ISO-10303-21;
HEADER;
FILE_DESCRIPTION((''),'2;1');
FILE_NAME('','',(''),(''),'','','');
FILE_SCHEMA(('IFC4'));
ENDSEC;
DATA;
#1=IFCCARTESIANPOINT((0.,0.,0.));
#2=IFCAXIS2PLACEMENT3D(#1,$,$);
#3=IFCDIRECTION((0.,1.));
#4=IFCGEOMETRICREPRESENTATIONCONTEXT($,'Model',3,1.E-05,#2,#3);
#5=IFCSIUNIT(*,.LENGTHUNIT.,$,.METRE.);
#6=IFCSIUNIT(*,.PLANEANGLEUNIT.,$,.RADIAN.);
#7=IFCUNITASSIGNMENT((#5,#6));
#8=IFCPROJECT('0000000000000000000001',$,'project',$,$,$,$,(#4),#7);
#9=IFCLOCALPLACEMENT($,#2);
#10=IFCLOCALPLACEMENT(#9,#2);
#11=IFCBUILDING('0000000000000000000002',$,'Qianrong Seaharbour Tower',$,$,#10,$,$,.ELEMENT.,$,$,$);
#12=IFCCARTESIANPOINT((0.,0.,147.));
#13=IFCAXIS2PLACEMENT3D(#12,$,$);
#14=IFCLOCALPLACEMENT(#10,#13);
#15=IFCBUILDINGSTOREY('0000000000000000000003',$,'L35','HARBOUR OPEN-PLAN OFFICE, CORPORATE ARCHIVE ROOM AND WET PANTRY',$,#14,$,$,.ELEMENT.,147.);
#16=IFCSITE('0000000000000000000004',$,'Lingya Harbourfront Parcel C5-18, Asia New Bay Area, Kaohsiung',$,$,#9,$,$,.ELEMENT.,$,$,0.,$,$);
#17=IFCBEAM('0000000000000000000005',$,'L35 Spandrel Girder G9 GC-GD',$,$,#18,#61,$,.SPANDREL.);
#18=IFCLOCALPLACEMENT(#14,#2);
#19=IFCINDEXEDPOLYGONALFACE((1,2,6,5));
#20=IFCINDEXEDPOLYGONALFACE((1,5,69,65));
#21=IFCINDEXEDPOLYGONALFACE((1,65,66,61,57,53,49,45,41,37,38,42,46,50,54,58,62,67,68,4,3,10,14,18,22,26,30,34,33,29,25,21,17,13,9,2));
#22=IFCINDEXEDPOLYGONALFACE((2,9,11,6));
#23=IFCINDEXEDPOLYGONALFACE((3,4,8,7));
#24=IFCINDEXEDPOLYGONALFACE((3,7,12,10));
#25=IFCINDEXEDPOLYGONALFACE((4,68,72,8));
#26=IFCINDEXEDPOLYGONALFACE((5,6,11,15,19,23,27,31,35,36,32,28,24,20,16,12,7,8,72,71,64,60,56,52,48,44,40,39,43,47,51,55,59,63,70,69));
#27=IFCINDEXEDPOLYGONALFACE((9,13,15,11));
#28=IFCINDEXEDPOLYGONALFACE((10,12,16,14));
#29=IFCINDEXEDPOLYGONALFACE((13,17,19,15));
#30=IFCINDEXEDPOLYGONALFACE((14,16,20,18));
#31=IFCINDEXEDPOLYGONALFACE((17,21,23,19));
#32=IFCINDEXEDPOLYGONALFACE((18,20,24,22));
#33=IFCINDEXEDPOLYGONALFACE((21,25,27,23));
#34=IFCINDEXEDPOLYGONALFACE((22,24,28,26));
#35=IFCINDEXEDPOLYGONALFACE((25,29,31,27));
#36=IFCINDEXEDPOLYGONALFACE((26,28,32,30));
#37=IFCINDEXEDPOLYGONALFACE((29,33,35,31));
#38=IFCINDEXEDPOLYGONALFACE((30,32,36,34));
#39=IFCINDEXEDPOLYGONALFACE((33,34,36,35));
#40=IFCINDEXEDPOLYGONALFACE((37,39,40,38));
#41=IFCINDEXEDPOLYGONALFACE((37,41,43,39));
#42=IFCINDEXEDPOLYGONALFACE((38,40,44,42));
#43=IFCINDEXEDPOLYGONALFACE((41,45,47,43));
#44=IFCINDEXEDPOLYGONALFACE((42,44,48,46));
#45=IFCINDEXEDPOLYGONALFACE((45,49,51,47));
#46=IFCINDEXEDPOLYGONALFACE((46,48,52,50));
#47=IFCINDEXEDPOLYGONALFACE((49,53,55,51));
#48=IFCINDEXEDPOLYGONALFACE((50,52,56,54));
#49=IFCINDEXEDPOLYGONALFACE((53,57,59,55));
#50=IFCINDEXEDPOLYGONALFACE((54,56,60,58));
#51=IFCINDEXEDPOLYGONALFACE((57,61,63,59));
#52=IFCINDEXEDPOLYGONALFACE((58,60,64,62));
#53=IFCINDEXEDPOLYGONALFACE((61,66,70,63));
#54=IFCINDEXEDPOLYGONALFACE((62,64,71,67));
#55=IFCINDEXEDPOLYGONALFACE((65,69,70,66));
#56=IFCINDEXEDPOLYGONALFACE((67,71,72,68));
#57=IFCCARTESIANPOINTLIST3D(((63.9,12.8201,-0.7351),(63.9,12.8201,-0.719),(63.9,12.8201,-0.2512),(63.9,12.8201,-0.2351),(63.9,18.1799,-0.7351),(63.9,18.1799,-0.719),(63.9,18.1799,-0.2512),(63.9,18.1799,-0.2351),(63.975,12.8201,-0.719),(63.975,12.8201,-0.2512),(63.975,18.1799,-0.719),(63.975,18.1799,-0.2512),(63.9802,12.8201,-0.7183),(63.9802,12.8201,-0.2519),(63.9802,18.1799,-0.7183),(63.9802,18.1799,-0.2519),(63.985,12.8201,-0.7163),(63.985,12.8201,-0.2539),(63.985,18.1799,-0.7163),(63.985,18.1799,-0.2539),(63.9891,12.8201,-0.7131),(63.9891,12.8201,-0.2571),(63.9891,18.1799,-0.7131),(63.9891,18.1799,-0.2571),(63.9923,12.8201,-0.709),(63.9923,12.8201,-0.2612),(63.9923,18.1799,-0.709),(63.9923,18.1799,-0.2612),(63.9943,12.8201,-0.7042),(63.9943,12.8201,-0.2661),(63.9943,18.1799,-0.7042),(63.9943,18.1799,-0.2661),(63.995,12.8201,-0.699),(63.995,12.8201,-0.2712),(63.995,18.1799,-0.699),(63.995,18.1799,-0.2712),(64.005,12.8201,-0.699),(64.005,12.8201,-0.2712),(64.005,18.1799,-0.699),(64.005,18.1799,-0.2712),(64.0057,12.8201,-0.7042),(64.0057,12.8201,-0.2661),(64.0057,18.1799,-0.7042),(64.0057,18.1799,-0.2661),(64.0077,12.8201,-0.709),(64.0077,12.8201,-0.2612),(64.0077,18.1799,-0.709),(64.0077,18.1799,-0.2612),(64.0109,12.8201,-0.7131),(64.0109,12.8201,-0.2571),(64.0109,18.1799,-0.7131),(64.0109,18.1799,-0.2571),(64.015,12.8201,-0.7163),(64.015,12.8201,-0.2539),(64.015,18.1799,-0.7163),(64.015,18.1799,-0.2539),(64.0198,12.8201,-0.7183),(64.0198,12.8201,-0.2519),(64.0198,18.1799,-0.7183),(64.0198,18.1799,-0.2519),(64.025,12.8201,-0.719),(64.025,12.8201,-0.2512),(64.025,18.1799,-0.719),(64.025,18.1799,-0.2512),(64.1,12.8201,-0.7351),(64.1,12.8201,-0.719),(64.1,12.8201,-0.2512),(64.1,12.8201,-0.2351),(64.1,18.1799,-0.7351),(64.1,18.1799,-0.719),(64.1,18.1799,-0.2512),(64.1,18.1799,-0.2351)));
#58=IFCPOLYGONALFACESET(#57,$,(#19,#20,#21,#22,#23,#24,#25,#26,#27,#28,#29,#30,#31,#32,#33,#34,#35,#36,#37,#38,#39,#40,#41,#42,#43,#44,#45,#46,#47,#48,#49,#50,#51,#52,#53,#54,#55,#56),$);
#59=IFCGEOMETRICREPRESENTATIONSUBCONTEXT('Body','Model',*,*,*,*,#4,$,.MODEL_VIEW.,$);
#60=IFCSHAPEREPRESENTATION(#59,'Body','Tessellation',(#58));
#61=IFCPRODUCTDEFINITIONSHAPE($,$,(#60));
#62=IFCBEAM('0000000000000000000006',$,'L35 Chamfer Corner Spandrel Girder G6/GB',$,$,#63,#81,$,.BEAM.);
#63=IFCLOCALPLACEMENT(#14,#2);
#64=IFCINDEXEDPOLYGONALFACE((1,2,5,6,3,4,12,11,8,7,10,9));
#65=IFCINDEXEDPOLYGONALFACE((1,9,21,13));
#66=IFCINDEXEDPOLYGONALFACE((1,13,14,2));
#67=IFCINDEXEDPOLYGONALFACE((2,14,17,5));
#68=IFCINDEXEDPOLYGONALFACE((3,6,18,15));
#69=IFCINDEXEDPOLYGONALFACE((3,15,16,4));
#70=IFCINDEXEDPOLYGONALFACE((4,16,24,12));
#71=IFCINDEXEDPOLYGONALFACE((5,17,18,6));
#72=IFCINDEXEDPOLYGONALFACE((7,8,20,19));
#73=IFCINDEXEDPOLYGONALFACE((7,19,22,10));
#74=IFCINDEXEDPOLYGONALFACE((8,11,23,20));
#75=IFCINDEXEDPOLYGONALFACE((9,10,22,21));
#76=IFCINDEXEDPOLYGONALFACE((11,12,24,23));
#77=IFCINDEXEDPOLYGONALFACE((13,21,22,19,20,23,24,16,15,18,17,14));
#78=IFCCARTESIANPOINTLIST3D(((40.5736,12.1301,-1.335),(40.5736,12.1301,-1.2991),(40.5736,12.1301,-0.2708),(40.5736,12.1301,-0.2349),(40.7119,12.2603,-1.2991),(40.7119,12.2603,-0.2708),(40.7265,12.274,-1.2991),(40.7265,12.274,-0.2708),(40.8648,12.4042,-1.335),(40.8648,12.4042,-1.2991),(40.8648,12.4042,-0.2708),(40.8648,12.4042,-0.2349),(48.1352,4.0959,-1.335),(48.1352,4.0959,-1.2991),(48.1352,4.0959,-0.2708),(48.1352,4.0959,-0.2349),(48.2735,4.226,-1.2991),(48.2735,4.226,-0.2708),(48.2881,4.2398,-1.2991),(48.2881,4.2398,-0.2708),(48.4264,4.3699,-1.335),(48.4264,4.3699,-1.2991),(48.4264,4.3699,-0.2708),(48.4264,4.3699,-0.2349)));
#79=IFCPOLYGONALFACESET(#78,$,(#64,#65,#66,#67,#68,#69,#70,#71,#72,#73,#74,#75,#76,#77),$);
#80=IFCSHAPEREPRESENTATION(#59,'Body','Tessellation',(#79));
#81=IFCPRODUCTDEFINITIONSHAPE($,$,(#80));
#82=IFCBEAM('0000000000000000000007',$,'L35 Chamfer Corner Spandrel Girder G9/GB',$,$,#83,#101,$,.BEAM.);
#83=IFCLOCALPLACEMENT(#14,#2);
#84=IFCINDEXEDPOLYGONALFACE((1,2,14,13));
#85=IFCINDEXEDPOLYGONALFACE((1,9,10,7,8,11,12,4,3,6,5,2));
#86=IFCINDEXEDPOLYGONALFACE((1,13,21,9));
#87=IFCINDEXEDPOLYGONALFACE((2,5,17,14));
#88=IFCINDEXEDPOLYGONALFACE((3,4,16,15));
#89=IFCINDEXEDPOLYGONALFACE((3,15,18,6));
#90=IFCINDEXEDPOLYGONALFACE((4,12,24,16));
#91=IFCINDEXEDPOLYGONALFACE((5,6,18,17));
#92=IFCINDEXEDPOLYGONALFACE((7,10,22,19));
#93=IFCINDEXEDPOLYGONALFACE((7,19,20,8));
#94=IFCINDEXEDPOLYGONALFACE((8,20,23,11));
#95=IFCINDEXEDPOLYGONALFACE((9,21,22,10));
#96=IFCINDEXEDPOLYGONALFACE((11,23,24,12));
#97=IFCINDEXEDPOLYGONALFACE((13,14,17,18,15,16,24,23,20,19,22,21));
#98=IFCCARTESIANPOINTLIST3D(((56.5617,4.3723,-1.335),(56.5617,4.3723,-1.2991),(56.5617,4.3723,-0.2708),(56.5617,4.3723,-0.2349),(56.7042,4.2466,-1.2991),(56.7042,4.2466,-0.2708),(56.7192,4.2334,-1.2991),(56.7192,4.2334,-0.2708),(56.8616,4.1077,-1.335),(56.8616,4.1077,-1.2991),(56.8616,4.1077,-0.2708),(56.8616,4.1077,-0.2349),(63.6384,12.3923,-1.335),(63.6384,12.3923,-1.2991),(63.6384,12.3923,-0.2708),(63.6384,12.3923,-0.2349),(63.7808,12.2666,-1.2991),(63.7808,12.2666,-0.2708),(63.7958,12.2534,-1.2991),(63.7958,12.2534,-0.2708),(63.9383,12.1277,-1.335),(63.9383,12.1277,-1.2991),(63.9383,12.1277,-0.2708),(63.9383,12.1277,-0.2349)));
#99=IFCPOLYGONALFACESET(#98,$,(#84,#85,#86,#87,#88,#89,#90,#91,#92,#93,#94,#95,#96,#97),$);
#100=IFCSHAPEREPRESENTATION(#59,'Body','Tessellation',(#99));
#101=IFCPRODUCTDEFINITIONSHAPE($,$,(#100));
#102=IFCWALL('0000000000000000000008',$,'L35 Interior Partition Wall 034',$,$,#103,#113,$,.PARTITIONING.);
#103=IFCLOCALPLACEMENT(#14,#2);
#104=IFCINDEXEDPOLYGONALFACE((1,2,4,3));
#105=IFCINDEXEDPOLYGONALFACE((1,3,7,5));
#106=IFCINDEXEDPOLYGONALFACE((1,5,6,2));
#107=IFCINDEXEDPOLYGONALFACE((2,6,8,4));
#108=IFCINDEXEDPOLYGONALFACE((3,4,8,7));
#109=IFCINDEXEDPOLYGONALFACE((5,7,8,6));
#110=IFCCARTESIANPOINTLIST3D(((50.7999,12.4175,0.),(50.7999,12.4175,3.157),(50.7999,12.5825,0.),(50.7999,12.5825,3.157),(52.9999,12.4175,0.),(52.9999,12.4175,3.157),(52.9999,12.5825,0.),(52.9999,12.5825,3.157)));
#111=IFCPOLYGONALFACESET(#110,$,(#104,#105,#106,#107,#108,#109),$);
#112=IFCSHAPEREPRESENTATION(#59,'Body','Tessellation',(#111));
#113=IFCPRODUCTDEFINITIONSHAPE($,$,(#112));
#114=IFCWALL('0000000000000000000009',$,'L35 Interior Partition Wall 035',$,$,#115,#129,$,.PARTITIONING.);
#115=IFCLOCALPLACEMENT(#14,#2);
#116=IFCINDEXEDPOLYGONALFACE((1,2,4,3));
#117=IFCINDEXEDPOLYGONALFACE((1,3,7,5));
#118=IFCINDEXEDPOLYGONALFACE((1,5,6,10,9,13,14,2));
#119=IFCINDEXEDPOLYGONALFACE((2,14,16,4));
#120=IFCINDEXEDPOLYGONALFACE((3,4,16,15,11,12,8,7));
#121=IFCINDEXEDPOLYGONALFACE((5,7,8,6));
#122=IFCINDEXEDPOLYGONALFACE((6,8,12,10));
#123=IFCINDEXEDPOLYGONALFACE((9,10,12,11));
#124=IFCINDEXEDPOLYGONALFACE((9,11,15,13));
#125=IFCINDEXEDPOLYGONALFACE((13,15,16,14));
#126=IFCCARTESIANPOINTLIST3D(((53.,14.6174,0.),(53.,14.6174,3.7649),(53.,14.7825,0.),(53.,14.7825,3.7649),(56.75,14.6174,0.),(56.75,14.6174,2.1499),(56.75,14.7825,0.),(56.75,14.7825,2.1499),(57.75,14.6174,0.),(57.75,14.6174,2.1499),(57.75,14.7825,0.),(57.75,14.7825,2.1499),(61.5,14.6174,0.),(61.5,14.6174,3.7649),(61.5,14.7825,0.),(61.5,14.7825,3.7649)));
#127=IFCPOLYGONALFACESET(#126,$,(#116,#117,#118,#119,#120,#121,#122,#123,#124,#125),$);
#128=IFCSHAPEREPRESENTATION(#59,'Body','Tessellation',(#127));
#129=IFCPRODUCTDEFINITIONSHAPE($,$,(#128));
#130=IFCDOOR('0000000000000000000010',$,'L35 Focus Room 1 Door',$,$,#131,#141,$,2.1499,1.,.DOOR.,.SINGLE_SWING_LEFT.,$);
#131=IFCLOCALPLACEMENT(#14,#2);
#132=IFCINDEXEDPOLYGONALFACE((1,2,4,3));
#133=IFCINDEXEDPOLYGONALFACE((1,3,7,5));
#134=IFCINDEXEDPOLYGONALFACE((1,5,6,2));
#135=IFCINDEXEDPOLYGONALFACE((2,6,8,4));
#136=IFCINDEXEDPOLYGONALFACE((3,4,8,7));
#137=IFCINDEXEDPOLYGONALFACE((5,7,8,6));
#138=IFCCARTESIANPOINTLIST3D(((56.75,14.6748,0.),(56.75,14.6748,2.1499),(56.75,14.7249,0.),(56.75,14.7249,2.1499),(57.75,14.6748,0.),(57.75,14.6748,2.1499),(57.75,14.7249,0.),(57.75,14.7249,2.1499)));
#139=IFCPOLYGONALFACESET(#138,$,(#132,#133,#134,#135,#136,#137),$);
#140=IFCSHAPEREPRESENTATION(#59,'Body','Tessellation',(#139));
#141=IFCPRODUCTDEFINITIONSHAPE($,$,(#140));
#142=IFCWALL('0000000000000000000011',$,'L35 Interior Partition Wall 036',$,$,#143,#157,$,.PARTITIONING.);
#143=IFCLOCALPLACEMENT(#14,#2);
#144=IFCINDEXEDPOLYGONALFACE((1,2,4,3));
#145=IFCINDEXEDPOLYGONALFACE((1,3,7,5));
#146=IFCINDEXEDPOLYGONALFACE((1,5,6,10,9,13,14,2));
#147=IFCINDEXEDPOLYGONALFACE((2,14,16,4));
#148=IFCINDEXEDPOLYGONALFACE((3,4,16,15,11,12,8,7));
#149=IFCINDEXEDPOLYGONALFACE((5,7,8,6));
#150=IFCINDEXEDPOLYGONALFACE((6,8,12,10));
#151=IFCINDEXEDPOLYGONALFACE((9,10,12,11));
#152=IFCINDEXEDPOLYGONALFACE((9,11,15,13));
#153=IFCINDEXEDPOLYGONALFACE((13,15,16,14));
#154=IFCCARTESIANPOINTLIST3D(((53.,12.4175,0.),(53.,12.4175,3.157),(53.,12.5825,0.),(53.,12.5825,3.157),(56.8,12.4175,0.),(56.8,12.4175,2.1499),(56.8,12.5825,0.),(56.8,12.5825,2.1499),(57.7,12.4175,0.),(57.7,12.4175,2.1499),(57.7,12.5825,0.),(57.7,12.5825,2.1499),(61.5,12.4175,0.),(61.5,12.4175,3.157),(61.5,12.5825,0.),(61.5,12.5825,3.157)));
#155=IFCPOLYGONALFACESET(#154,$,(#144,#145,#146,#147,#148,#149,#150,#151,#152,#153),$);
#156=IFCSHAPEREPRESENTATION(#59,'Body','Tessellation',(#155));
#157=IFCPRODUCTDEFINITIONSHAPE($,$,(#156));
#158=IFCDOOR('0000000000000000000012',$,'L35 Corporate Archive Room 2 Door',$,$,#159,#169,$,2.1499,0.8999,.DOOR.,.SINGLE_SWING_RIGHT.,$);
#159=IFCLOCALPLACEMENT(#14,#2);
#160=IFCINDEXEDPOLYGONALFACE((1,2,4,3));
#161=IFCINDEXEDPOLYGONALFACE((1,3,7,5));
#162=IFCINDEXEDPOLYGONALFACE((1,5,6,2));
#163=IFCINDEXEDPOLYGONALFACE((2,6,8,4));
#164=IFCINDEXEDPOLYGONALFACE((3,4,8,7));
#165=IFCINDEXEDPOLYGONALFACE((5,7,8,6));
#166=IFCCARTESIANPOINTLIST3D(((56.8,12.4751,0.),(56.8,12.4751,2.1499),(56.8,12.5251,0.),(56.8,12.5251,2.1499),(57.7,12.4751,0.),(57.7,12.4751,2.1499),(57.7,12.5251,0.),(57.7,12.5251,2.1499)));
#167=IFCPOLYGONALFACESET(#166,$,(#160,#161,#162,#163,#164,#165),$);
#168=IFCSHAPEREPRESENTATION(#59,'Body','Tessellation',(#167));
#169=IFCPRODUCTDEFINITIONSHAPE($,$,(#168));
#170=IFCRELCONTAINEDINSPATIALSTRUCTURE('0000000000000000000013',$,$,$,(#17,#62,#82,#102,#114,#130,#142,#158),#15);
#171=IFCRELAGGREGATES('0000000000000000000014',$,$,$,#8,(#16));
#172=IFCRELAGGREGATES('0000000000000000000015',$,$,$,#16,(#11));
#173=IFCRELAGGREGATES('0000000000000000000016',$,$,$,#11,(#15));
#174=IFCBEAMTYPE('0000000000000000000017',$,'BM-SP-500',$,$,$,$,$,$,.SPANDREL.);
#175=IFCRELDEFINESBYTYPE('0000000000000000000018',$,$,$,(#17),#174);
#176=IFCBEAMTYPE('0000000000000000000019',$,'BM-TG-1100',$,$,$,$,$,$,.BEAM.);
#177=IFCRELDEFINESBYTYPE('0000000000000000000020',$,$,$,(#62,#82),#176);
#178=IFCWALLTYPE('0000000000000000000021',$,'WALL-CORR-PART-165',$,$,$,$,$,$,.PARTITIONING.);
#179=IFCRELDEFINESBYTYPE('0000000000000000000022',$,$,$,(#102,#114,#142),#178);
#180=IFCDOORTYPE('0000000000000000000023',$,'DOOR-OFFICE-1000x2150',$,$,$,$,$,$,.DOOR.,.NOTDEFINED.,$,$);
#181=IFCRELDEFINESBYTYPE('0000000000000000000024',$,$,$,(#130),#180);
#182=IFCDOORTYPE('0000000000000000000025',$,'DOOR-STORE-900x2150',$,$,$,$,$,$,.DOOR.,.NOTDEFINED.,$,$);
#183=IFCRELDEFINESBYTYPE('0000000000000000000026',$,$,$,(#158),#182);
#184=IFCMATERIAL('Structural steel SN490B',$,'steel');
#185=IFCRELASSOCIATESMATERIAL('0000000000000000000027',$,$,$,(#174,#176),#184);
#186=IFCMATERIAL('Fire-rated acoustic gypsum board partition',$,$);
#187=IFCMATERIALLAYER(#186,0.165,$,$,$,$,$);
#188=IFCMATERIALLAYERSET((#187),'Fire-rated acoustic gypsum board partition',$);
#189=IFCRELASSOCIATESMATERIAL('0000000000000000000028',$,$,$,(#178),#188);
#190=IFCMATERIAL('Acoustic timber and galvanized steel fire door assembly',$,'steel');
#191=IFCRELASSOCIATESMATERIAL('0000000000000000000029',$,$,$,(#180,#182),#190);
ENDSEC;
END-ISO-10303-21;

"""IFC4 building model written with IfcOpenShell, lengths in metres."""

from ifc_helpers import new_model, si_unit, direction, frame, frame_2d, origin, origin_2d, place, context, subcontext, project, spatial, rectangle, i_section, extrude, material, layer, layer_set, material_profile, profile_set, type_object, element, fill, save


model = new_model("IFC4")

# Units and contexts
model_context = context("Model", 3, precision=1e-05, world=origin(), true_north=direction((0.0, 1.0)))
body_context = subcontext(model_context, "Body", "Model", "MODEL_VIEW")
ifc_project = project(units=[si_unit("LENGTHUNIT", "METRE"), si_unit("PLANEANGLEUNIT", "RADIAN")], contexts=[model_context])

# Site, building, storey
site_placement = place(None, origin())
site = spatial("IfcSite", under=ifc_project, at=site_placement, Name="Lingya Harbourfront Parcel C5-18, Asia New Bay Area, Kaohsiung", CompositionType="ELEMENT", RefElevation=0.0)
building_placement = place(site_placement, origin())
building = spatial("IfcBuilding", under=site, at=building_placement, Name="Qianrong Seaharbour Tower", CompositionType="ELEMENT")
storey_placement = place(building_placement, frame((0.0, 0.0, 147.0)))
storey = spatial("IfcBuildingStorey", under=building, at=storey_placement, Name="L35", Description="HARBOUR OPEN-PLAN OFFICE, CORPORATE ARCHIVE ROOM AND WET PANTRY", CompositionType="ELEMENT", Elevation=147.0)

# Shared definitions
ifc_material_1 = material(Name="Structural steel SN490B", Category="steel")

# Beams
ifc_material_profile_1 = material_profile(ifc_material_1, i_section(OverallWidth=0.2, OverallDepth=0.5, WebThickness=0.01, FlangeThickness=0.0161, FilletRadius=0.02, at=origin_2d()), Name="H500x200x10x16")
ifc_profile_set_1 = profile_set([ifc_material_profile_1], Name="Structural steel SN490B")
beam_type_1 = type_object("IfcBeamType", Name="BM-SP-500", PredefinedType="SPANDREL", material=ifc_profile_set_1)
beam_1_placement = place(storey_placement, frame((64.0, 12.8201, -0.4851), z_axis=(0.0, 1.0, 0.0), x_axis=(-1.0, 0.0, 0.0)))
element("IfcBeam", 1, at=beam_1_placement, inside=storey, type_object=beam_type_1, Name="L35 Spandrel Girder G9 GC-GD", PredefinedType="SPANDREL", context=body_context, shape_type="SweptSolid", body=[
    extrude(i_section(OverallWidth=0.2, OverallDepth=0.5, WebThickness=0.01, FlangeThickness=0.0161, FilletRadius=0.02, at=origin_2d()), origin(), (0.0, 0.0, 1.0), 5.3599),
])
ifc_material_profile_2 = material_profile(ifc_material_1, i_section(OverallWidth=0.3999, OverallDepth=1.1001, WebThickness=0.02, FlangeThickness=0.0359, at=origin_2d()), Name="BH1100x400x20x36")
ifc_profile_set_2 = profile_set([ifc_material_profile_2], Name="Structural steel SN490B")
beam_type_2 = type_object("IfcBeamType", Name="BM-TG-1100", PredefinedType="BEAM", material=ifc_profile_set_2)
beam_2_placement = place(storey_placement, frame((48.2808, 4.2329, -0.7849), z_axis=(-0.685362, 0.728203, 0.0), x_axis=(-0.728203, -0.685362, 0.0)))
element("IfcBeam", 2, at=beam_2_placement, inside=storey, type_object=beam_type_2, Name="L35 Chamfer Corner Spandrel Girder G6/GB", PredefinedType="BEAM", context=body_context, shape_type="SweptSolid", body=[
    extrude(i_section(OverallWidth=0.3999, OverallDepth=1.1001, WebThickness=0.02, FlangeThickness=0.0359, at=origin_2d()), origin(), (0.0, 0.0, 1.0), 11.033),
])
beam_3_placement = place(storey_placement, frame((56.7117, 4.24, -0.7849), z_axis=(0.661631, 0.74983, 0.0), x_axis=(-0.74983, 0.661631, 0.0)))
element("IfcBeam", 3, at=beam_3_placement, inside=storey, type_object=beam_type_2, Name="L35 Chamfer Corner Spandrel Girder G9/GB", PredefinedType="BEAM", context=body_context, shape_type="SweptSolid", body=[
    extrude(i_section(OverallWidth=0.3999, OverallDepth=1.1001, WebThickness=0.02, FlangeThickness=0.0359, at=origin_2d()), origin(), (0.0, 0.0, 1.0), 10.6958),
])

# Wall
ifc_material_2 = material(Name="Fire-rated acoustic gypsum board partition")
ifc_layer_1 = layer(ifc_material_2, 0.165)
ifc_layer_set_1 = layer_set([ifc_layer_1], Name="Fire-rated acoustic gypsum board partition")
wall_type_1 = type_object("IfcWallType", Name="WALL-CORR-PART-165", PredefinedType="PARTITIONING", material=ifc_layer_set_1)
wall_1_placement = place(storey_placement, frame((53.0, 12.5, 0.0), z_axis=(0.0, 0.0, 1.0), x_axis=(-1.0, 0.0, 0.0)))
element("IfcWall", 4, at=wall_1_placement, inside=storey, type_object=wall_type_1, Name="L35 Interior Partition Wall 034", PredefinedType="PARTITIONING", context=body_context, shape_type="SweptSolid", body=[
    extrude(rectangle(XDim=2.2, YDim=0.165, at=frame_2d((1.1001, 0.0))), origin(), (0.0, 0.0, 1.0), 3.157),
])

# Walls, openings, doors
wall_2_placement = place(storey_placement, frame((53.0, 14.7, 0.0), z_axis=(0.0, 0.0, 1.0), x_axis=(1.0, 0.0, 0.0)))
wall_2 = element("IfcWall", 5, at=wall_2_placement, inside=storey, type_object=wall_type_1, Name="L35 Interior Partition Wall 035", PredefinedType="PARTITIONING", context=body_context, shape_type="SweptSolid", body=[
    extrude(rectangle(XDim=8.5, YDim=0.165, at=frame_2d((4.25, 0.0))), origin(), (0.0, 0.0, 1.0), 3.7649),
])
opening_1_placement = place(wall_2_placement, frame((3.75, 0.0, 0.0)))
opening_1 = element("IfcOpeningElement", 6, at=opening_1_placement, cuts=wall_2, PredefinedType="OPENING", context=body_context, shape_type="SweptSolid", body=[
    extrude(rectangle(XDim=1.0, YDim=2.1499, at=frame_2d((0.5, 1.075))), frame((0.0, 0.0925, 0.0), z_axis=(0.0, -1.0, 0.0), x_axis=(1.0, 0.0, 0.0)), (0.0, 0.0, 1.0), 0.1851),
])
ifc_material_3 = material(Name="Acoustic timber and galvanized steel fire door assembly", Category="steel")
door_type_1 = type_object("IfcDoorType", Name="DOOR-OFFICE-1000x2150", OperationType="NOTDEFINED", PredefinedType="DOOR", material=ifc_material_3)
door_1_placement = place(opening_1_placement, origin())
door_1 = element("IfcDoor", 7, at=door_1_placement, inside=storey, type_object=door_type_1, Name="L35 Focus Room 1 Door", OperationType="SINGLE_SWING_LEFT", OverallHeight=2.1499, OverallWidth=1.0, PredefinedType="DOOR", context=body_context, shape_type="SweptSolid", body=[
    extrude(rectangle(XDim=1.0, YDim=2.1499, at=frame_2d((0.5, 1.075))), frame((0.0, 0.0249, 0.0), z_axis=(0.0, -1.0, 0.0), x_axis=(1.0, 0.0, 0.0)), (0.0, 0.0, 1.0), 0.05),
])
fill(opening_1, door_1)
wall_3_placement = place(storey_placement, frame((61.5, 12.5, 0.0), z_axis=(0.0, 0.0, 1.0), x_axis=(-1.0, 0.0, 0.0)))
wall_3 = element("IfcWall", 8, at=wall_3_placement, inside=storey, type_object=wall_type_1, Name="L35 Interior Partition Wall 036", PredefinedType="PARTITIONING", context=body_context, shape_type="SweptSolid", body=[
    extrude(rectangle(XDim=8.5, YDim=0.165, at=frame_2d((4.25, 0.0))), origin(), (0.0, 0.0, 1.0), 3.157),
])
opening_2_placement = place(wall_3_placement, frame((3.8, 0.0, 0.0)))
opening_2 = element("IfcOpeningElement", 9, at=opening_2_placement, cuts=wall_3, PredefinedType="OPENING", context=body_context, shape_type="SweptSolid", body=[
    extrude(rectangle(XDim=0.8999, YDim=2.1499, at=frame_2d((0.45, 1.075))), frame((0.0, 0.0925, 0.0), z_axis=(0.0, -1.0, 0.0), x_axis=(1.0, 0.0, 0.0)), (0.0, 0.0, 1.0), 0.1851),
])
door_type_2 = type_object("IfcDoorType", Name="DOOR-STORE-900x2150", OperationType="NOTDEFINED", PredefinedType="DOOR", material=ifc_material_3)
door_2_placement = place(opening_2_placement, origin())
door_2 = element("IfcDoor", 10, at=door_2_placement, inside=storey, type_object=door_type_2, Name="L35 Corporate Archive Room 2 Door", OperationType="SINGLE_SWING_RIGHT", OverallHeight=2.1499, OverallWidth=0.8999, PredefinedType="DOOR", context=body_context, shape_type="SweptSolid", body=[
    extrude(rectangle(XDim=0.8999, YDim=2.1499, at=frame_2d((0.45, 1.075))), frame((0.0, 0.0249, 0.0), z_axis=(0.0, -1.0, 0.0), x_axis=(1.0, 0.0, 0.0)), (0.0, 0.0, 1.0), 0.05),
])
fill(opening_2, door_2)

save(model, "model.ifc")
